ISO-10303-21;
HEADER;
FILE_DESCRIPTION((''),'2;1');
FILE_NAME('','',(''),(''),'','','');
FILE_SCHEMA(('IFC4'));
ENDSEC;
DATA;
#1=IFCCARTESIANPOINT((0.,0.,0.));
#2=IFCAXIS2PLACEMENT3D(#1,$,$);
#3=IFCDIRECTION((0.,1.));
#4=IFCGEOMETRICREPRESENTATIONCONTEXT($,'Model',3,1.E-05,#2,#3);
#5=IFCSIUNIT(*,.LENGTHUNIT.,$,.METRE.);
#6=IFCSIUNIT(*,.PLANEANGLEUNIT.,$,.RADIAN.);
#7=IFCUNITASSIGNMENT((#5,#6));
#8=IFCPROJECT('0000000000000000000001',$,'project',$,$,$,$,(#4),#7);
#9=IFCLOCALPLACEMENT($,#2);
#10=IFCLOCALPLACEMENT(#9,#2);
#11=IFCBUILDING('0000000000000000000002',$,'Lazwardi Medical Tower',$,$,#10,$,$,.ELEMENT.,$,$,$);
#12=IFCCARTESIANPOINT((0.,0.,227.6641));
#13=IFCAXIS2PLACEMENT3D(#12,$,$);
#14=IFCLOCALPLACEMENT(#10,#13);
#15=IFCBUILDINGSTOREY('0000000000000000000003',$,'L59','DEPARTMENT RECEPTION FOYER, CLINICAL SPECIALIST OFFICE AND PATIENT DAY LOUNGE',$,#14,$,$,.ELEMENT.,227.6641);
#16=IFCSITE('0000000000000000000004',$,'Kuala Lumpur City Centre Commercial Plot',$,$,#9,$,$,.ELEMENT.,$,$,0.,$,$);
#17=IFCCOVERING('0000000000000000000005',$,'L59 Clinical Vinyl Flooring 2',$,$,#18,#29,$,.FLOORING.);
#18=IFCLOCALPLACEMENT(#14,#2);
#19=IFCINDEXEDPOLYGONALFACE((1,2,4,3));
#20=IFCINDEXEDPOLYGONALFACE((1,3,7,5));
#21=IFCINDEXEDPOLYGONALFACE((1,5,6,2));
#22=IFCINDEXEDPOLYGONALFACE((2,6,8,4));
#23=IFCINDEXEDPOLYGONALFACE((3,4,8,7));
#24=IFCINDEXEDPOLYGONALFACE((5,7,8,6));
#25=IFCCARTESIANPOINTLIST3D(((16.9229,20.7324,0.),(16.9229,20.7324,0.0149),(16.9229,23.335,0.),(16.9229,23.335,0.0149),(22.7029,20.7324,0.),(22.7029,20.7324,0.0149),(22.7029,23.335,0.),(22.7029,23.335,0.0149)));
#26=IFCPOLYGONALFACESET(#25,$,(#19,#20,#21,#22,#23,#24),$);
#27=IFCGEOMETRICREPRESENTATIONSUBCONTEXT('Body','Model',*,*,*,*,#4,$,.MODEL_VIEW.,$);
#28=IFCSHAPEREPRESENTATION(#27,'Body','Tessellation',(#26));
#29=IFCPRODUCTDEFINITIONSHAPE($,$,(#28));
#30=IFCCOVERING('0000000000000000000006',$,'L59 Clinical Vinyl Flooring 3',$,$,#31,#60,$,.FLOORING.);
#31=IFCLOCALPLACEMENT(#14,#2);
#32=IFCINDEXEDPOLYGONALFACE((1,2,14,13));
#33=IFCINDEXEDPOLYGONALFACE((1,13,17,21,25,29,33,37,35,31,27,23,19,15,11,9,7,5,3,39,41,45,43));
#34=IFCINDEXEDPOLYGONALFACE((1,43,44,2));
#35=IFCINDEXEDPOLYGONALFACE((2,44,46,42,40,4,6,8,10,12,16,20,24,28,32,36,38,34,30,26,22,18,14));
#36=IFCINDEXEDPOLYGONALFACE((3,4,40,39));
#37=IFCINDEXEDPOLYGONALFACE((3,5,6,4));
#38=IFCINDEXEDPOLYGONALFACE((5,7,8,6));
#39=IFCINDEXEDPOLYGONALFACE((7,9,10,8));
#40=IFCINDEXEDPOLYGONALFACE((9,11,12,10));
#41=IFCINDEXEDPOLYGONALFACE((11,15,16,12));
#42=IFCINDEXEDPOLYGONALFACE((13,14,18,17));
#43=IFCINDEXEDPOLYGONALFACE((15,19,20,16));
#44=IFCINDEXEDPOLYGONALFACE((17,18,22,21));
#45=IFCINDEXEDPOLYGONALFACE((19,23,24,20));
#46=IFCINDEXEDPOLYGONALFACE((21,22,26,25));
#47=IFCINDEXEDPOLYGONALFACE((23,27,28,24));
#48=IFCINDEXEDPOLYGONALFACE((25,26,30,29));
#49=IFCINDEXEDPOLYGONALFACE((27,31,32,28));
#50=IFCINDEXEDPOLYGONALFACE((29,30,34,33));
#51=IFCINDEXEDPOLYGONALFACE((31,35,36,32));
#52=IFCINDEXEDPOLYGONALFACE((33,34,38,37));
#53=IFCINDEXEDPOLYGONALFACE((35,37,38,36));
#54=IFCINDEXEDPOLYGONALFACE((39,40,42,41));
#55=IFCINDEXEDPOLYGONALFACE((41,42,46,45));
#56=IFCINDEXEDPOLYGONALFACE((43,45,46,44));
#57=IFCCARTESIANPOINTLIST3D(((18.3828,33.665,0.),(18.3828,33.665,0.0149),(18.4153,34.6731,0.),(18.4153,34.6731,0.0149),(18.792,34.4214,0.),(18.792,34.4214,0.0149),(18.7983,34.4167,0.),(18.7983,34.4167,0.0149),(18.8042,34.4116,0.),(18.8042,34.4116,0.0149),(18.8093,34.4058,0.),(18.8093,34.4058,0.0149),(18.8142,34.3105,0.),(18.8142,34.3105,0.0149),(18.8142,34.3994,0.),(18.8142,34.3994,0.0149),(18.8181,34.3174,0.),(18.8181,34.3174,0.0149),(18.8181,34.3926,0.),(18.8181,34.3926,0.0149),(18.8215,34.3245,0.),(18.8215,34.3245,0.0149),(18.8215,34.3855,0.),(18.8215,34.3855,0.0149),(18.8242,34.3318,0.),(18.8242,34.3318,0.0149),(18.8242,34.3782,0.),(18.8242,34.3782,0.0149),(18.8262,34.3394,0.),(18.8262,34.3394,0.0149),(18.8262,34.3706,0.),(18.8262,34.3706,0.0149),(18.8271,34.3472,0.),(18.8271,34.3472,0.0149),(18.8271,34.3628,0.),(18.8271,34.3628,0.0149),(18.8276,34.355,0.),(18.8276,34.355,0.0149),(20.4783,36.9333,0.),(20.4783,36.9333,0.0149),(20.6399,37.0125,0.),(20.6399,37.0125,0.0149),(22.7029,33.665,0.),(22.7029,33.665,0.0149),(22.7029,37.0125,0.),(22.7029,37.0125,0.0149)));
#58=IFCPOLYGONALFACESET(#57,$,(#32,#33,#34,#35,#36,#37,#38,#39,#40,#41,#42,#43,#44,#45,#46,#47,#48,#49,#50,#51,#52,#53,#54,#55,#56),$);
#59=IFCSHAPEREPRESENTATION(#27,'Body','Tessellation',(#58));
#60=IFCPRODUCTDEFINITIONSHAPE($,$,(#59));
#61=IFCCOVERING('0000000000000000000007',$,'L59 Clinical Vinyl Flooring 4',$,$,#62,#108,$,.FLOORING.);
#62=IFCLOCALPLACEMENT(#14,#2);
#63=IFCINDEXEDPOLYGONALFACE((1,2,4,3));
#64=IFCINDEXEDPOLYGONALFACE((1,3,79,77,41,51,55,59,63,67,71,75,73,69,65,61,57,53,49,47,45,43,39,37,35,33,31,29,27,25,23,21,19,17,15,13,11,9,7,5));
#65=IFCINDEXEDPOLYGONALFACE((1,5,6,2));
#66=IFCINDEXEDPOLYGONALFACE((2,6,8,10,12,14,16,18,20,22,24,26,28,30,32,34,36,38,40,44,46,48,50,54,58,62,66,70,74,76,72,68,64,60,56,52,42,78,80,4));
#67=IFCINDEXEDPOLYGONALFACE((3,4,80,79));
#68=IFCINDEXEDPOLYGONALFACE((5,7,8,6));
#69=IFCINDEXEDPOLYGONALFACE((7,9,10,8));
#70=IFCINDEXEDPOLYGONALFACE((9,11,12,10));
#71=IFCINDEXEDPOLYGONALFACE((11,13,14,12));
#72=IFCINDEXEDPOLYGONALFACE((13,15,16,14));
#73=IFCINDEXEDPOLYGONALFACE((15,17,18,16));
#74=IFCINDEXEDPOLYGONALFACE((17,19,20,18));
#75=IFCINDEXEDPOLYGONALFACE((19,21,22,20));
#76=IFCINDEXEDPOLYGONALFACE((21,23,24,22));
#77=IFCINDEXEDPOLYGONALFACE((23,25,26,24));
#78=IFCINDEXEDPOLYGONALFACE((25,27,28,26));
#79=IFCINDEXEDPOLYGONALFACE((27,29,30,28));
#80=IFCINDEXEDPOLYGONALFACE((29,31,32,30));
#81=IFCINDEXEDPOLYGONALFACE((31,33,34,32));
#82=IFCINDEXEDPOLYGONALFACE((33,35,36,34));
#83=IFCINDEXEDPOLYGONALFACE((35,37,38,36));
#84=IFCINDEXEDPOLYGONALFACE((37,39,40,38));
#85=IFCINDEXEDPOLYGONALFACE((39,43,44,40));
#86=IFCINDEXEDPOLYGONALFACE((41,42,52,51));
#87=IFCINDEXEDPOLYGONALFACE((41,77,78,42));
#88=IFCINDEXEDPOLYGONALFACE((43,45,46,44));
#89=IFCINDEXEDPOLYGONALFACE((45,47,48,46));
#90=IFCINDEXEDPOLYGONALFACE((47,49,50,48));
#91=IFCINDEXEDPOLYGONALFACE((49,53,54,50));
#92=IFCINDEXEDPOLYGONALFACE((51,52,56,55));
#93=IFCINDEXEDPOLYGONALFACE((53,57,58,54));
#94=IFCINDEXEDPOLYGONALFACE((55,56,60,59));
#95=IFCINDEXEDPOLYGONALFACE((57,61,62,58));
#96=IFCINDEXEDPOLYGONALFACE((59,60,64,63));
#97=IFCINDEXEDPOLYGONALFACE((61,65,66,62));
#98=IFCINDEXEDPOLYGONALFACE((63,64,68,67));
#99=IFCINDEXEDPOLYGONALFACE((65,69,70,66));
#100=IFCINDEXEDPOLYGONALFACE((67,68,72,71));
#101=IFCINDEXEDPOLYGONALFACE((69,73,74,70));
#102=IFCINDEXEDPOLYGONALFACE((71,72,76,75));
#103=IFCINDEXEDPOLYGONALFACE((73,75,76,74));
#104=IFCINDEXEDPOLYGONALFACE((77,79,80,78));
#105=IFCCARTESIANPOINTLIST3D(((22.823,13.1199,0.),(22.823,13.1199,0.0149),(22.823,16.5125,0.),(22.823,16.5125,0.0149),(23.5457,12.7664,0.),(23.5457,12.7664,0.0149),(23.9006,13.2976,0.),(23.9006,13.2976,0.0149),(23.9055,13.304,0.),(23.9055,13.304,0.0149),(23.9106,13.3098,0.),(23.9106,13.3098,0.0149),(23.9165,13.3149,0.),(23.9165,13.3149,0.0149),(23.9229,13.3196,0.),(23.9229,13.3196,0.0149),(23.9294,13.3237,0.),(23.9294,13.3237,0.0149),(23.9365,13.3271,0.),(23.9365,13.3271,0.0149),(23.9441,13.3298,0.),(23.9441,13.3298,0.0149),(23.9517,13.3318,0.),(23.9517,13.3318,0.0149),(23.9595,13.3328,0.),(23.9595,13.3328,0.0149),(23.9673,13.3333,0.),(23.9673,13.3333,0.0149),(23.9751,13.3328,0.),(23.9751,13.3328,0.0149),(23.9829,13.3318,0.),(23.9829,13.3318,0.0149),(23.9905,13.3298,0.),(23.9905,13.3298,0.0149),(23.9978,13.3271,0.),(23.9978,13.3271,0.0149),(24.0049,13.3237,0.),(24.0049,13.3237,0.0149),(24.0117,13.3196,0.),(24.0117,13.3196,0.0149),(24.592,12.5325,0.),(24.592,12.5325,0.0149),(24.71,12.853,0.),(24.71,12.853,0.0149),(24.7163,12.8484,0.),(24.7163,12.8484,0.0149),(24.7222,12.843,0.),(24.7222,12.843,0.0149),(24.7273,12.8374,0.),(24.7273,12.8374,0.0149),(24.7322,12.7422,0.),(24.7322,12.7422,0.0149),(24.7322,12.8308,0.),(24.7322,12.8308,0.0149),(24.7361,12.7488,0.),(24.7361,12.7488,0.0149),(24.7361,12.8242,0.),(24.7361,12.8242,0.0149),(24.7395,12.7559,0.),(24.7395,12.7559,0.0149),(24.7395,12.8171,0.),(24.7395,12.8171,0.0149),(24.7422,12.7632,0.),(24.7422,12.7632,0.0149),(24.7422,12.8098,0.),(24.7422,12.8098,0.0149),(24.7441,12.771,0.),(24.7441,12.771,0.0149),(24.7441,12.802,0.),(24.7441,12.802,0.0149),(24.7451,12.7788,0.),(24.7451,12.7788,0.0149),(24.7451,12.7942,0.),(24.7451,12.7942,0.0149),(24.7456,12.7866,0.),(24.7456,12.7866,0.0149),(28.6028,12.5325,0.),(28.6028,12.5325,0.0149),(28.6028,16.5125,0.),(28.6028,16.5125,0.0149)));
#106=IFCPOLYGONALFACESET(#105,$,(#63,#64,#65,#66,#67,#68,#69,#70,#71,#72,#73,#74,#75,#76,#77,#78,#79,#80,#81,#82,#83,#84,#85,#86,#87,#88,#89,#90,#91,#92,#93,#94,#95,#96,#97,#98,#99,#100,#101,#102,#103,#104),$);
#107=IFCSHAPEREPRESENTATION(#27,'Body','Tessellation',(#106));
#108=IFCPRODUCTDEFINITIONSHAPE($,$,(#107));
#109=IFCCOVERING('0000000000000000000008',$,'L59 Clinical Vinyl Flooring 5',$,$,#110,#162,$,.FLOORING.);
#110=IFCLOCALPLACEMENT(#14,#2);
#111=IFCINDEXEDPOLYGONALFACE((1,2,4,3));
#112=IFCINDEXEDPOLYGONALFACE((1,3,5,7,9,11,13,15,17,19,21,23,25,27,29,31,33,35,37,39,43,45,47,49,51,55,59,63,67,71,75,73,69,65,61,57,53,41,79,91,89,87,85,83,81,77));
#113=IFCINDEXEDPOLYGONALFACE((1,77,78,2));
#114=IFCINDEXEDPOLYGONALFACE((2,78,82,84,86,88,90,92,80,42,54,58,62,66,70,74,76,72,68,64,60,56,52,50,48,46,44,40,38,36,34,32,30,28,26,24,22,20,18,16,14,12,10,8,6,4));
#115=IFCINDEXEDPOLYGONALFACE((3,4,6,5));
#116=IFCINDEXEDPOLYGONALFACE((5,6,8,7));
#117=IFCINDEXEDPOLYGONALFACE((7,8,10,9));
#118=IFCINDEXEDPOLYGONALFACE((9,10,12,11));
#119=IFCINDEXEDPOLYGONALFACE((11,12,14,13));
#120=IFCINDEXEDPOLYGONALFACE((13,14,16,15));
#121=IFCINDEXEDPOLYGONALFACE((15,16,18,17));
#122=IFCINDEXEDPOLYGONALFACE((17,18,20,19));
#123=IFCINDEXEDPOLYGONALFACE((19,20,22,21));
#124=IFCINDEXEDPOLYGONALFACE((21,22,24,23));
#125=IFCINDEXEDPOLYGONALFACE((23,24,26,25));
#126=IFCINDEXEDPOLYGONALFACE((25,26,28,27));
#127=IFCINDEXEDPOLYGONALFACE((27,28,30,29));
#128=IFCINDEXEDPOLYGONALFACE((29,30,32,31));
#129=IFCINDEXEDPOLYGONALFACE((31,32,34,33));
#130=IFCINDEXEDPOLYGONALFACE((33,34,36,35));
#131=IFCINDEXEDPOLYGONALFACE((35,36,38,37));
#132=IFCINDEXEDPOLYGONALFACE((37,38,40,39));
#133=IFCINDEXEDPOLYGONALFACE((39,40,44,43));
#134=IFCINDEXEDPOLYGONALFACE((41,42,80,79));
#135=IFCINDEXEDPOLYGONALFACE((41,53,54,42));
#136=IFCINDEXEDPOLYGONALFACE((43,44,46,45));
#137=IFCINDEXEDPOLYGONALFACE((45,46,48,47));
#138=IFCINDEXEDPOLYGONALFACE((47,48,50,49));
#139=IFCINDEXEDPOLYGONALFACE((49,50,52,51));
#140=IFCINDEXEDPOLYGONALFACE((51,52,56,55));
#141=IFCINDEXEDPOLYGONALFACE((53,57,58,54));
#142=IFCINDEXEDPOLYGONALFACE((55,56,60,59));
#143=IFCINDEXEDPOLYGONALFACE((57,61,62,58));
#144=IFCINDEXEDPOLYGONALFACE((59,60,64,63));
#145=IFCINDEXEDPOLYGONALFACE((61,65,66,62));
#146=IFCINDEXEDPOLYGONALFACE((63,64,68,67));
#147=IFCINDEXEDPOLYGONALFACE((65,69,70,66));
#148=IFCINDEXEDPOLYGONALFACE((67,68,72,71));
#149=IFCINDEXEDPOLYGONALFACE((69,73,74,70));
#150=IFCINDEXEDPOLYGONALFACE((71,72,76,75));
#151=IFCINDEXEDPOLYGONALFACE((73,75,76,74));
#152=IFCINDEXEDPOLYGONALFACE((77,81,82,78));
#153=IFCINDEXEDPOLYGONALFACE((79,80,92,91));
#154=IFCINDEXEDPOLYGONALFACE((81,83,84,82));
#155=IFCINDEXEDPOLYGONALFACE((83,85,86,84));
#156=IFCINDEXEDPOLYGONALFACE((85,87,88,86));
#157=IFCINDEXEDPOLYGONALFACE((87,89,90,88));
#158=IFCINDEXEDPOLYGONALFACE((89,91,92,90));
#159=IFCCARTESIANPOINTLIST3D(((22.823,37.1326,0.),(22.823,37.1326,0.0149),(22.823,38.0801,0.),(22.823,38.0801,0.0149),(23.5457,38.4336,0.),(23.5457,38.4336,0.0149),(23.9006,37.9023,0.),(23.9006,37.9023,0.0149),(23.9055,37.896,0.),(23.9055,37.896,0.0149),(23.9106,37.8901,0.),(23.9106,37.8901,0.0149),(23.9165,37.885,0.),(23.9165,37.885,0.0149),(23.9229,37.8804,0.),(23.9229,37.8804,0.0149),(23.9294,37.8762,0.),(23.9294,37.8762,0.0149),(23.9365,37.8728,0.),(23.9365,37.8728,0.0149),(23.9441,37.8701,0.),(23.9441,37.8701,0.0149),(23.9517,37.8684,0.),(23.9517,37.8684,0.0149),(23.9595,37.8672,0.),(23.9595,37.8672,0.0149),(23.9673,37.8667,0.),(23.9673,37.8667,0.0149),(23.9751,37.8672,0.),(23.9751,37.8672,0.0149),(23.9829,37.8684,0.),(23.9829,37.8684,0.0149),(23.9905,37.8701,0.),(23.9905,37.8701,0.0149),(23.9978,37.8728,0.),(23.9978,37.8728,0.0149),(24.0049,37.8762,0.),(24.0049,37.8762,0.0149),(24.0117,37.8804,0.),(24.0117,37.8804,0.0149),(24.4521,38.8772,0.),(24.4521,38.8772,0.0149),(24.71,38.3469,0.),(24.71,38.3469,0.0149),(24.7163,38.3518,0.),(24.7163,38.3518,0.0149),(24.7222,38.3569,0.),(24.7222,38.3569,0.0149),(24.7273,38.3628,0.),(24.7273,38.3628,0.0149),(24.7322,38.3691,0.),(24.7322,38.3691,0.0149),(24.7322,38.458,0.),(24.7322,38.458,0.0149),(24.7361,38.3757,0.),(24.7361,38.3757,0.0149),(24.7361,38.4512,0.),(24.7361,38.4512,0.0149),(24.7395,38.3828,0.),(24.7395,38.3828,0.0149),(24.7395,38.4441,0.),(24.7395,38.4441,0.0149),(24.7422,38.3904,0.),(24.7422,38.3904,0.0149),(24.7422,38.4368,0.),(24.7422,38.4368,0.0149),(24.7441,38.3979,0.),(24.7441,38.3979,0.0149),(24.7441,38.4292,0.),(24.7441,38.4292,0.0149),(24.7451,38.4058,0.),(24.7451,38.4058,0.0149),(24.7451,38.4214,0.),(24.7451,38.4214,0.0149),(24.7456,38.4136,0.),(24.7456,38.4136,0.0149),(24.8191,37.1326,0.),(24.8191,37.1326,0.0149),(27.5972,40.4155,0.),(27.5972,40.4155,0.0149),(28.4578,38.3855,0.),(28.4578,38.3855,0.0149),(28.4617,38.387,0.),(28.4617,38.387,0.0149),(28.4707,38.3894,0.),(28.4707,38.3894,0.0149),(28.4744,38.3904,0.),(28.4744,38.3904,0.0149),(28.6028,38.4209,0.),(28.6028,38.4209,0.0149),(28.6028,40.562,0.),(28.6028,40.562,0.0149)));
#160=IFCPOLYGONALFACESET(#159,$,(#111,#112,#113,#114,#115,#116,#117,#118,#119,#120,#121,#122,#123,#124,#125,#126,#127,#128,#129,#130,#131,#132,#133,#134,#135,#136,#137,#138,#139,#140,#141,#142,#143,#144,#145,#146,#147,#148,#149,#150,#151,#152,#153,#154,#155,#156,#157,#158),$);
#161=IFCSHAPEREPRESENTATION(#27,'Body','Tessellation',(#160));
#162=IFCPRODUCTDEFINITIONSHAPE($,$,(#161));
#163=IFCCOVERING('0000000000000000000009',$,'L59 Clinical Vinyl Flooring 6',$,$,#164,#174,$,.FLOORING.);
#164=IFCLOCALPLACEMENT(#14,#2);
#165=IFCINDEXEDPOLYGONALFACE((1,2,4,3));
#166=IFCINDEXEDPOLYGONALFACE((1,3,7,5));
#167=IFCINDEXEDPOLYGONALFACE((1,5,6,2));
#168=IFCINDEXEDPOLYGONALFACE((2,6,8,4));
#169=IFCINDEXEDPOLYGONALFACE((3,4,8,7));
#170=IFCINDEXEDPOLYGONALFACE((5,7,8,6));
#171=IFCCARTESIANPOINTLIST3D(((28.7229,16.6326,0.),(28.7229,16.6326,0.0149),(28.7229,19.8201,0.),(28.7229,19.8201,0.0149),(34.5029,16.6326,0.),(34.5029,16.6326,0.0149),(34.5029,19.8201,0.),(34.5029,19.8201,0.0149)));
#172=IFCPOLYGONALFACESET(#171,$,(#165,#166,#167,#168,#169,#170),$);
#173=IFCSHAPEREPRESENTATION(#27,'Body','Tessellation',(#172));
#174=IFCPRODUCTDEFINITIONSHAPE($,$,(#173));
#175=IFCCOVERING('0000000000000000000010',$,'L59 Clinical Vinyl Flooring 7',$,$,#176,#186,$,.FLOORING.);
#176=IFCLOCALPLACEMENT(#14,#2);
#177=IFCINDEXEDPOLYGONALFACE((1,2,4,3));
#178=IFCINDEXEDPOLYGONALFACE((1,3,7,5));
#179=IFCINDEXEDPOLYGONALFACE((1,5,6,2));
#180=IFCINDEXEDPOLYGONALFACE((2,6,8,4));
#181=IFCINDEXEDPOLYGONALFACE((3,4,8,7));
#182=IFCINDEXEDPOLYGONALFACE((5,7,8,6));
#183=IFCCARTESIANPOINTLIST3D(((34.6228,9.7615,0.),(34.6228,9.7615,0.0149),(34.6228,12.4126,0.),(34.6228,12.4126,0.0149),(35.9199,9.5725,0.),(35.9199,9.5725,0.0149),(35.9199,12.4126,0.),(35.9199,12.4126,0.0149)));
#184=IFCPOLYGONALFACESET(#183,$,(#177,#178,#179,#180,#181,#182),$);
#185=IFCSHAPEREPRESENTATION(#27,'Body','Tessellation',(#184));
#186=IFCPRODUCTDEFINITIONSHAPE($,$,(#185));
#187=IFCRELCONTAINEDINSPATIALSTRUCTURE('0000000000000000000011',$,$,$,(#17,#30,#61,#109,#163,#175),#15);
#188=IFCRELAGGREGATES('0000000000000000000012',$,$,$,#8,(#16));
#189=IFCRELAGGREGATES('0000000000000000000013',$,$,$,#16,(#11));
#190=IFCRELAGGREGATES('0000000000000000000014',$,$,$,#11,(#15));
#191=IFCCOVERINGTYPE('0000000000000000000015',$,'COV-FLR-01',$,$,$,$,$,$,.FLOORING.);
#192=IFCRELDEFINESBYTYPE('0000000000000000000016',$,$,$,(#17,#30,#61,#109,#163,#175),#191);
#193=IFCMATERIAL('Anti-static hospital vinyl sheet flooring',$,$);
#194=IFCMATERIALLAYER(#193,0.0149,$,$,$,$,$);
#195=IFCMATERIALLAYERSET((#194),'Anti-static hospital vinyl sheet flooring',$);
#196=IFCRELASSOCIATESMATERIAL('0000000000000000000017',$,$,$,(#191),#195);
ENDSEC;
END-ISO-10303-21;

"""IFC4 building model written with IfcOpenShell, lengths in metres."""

from ifc_helpers import new_model, si_unit, direction, frame, origin, place, context, subcontext, project, spatial, polyline, outline, extrude, material, layer, layer_set, type_object, element, save


model = new_model("IFC4")

# Units and contexts
model_context = context("Model", 3, precision=1e-05, world=origin(), true_north=direction((0.0, 1.0)))
body_context = subcontext(model_context, "Body", "Model", "MODEL_VIEW")
ifc_project = project(units=[si_unit("LENGTHUNIT", "METRE"), si_unit("PLANEANGLEUNIT", "RADIAN")], contexts=[model_context])

# Site, building, storey
site_placement = place(None, origin())
site = spatial("IfcSite", under=ifc_project, at=site_placement, Name="Kuala Lumpur City Centre Commercial Plot", CompositionType="ELEMENT", RefElevation=0.0)
building_placement = place(site_placement, origin())
building = spatial("IfcBuilding", under=site, at=building_placement, Name="Lazwardi Medical Tower", CompositionType="ELEMENT")
storey_placement = place(building_placement, frame((0.0, 0.0, 227.6641)))
storey = spatial("IfcBuildingStorey", under=building, at=storey_placement, Name="L59", Description="DEPARTMENT RECEPTION FOYER, CLINICAL SPECIALIST OFFICE AND PATIENT DAY LOUNGE", CompositionType="ELEMENT", Elevation=227.6641)

# Coverings
ifc_material_1 = material(Name="Anti-static hospital vinyl sheet flooring")
ifc_layer_1 = layer(ifc_material_1, 0.0149)
ifc_layer_set_1 = layer_set([ifc_layer_1], Name="Anti-static hospital vinyl sheet flooring")
covering_type_1 = type_object("IfcCoveringType", Name="COV-FLR-01", PredefinedType="FLOORING", material=ifc_layer_set_1)
covering_1_placement = place(storey_placement, origin())
element("IfcCovering", 1, at=covering_1_placement, inside=storey, type_object=covering_type_1, Name="L59 Clinical Vinyl Flooring 2", PredefinedType="FLOORING", context=body_context, shape_type="SweptSolid", body=[
    extrude(outline(polyline([(22.7029, 23.335), (16.9229, 23.335), (16.9229, 20.7324), (22.7029, 20.7324), (22.7029, 23.335)])), origin(), (0.0, 0.0, 1.0), 0.0149),
])
covering_2_placement = place(storey_placement, origin())
element("IfcCovering", 2, at=covering_2_placement, inside=storey, type_object=covering_type_1, Name="L59 Clinical Vinyl Flooring 3", PredefinedType="FLOORING", context=body_context, shape_type="SweptSolid", body=[
    extrude(outline(polyline([(20.6399, 37.0125), (20.4783, 36.9333), (18.4153, 34.6731), (18.792, 34.4214), (18.7983, 34.4167), (18.8042, 34.4116), (18.8093, 34.4058), (18.8142, 34.3994), (18.8181, 34.3926), (18.8215, 34.3855), (18.8242, 34.3782), (18.8262, 34.3706), (18.8271, 34.3628), (18.8276, 34.355), (18.8271, 34.3472), (18.8262, 34.3394), (18.8242, 34.3318), (18.8215, 34.3245), (18.8181, 34.3174), (18.8142, 34.3105), (18.3828, 33.665), (22.7029, 33.665), (22.7029, 37.0125), (20.6399, 37.0125)])), origin(), (0.0, 0.0, 1.0), 0.0149),
])
covering_3_placement = place(storey_placement, origin())
element("IfcCovering", 3, at=covering_3_placement, inside=storey, type_object=covering_type_1, Name="L59 Clinical Vinyl Flooring 4", PredefinedType="FLOORING", context=body_context, shape_type="SweptSolid", body=[
    extrude(outline(polyline([(22.823, 13.1199), (23.5457, 12.7664), (23.9006, 13.2976), (23.9055, 13.304), (23.9106, 13.3098), (23.9165, 13.3149), (23.9229, 13.3196), (23.9294, 13.3237), (23.9365, 13.3271), (23.9441, 13.3298), (23.9517, 13.3318), (23.9595, 13.3328), (23.9673, 13.3333), (23.9751, 13.3328), (23.9829, 13.3318), (23.9905, 13.3298), (23.9978, 13.3271), (24.0049, 13.3237), (24.0117, 13.3196), (24.71, 12.853), (24.7163, 12.8484), (24.7222, 12.843), (24.7273, 12.8374), (24.7322, 12.8308), (24.7361, 12.8242), (24.7395, 12.8171), (24.7422, 12.8098), (24.7441, 12.802), (24.7451, 12.7942), (24.7456, 12.7866), (24.7451, 12.7788), (24.7441, 12.771), (24.7422, 12.7632), (24.7395, 12.7559), (24.7361, 12.7488), (24.7322, 12.7422), (24.592, 12.5325), (28.6028, 12.5325), (28.6028, 16.5125), (22.823, 16.5125), (22.823, 13.1199)])), origin(), (0.0, 0.0, 1.0), 0.0149),
])
covering_4_placement = place(storey_placement, origin())
element("IfcCovering", 4, at=covering_4_placement, inside=storey, type_object=covering_type_1, Name="L59 Clinical Vinyl Flooring 5", PredefinedType="FLOORING", context=body_context, shape_type="SweptSolid", body=[
    extrude(outline(polyline([(28.6028, 40.562), (27.5972, 40.4155), (24.4521, 38.8772), (24.7322, 38.458), (24.7361, 38.4512), (24.7395, 38.4441), (24.7422, 38.4368), (24.7441, 38.4292), (24.7451, 38.4214), (24.7456, 38.4136), (24.7451, 38.4058), (24.7441, 38.3979), (24.7422, 38.3904), (24.7395, 38.3828), (24.7361, 38.3757), (24.7322, 38.3691), (24.7273, 38.3628), (24.7222, 38.3569), (24.7163, 38.3518), (24.71, 38.3469), (24.0117, 37.8804), (24.0049, 37.8762), (23.9978, 37.8728), (23.9905, 37.8701), (23.9829, 37.8684), (23.9751, 37.8672), (23.9673, 37.8667), (23.9595, 37.8672), (23.9517, 37.8684), (23.9441, 37.8701), (23.9365, 37.8728), (23.9294, 37.8762), (23.9229, 37.8804), (23.9165, 37.885), (23.9106, 37.8901), (23.9055, 37.896), (23.9006, 37.9023), (23.5457, 38.4336), (22.823, 38.0801), (22.823, 37.1326), (24.8191, 37.1326), (28.4578, 38.3855), (28.4617, 38.387), (28.4707, 38.3894), (28.4744, 38.3904), (28.6028, 38.4209), (28.6028, 40.562)])), origin(), (0.0, 0.0, 1.0), 0.0149),
])
covering_5_placement = place(storey_placement, origin())
element("IfcCovering", 5, at=covering_5_placement, inside=storey, type_object=covering_type_1, Name="L59 Clinical Vinyl Flooring 6", PredefinedType="FLOORING", context=body_context, shape_type="SweptSolid", body=[
    extrude(outline(polyline([(34.5029, 19.8201), (28.7229, 19.8201), (28.7229, 16.6326), (34.5029, 16.6326), (34.5029, 19.8201)])), origin(), (0.0, 0.0, 1.0), 0.0149),
])
covering_6_placement = place(storey_placement, origin())
element("IfcCovering", 6, at=covering_6_placement, inside=storey, type_object=covering_type_1, Name="L59 Clinical Vinyl Flooring 7", PredefinedType="FLOORING", context=body_context, shape_type="SweptSolid", body=[
    extrude(outline(polyline([(34.6228, 9.7615), (35.9199, 9.5725), (35.9199, 12.4126), (34.6228, 12.4126), (34.6228, 9.7615)])), origin(), (0.0, 0.0, 1.0), 0.0149),
])

save(model, "model.ifc")
